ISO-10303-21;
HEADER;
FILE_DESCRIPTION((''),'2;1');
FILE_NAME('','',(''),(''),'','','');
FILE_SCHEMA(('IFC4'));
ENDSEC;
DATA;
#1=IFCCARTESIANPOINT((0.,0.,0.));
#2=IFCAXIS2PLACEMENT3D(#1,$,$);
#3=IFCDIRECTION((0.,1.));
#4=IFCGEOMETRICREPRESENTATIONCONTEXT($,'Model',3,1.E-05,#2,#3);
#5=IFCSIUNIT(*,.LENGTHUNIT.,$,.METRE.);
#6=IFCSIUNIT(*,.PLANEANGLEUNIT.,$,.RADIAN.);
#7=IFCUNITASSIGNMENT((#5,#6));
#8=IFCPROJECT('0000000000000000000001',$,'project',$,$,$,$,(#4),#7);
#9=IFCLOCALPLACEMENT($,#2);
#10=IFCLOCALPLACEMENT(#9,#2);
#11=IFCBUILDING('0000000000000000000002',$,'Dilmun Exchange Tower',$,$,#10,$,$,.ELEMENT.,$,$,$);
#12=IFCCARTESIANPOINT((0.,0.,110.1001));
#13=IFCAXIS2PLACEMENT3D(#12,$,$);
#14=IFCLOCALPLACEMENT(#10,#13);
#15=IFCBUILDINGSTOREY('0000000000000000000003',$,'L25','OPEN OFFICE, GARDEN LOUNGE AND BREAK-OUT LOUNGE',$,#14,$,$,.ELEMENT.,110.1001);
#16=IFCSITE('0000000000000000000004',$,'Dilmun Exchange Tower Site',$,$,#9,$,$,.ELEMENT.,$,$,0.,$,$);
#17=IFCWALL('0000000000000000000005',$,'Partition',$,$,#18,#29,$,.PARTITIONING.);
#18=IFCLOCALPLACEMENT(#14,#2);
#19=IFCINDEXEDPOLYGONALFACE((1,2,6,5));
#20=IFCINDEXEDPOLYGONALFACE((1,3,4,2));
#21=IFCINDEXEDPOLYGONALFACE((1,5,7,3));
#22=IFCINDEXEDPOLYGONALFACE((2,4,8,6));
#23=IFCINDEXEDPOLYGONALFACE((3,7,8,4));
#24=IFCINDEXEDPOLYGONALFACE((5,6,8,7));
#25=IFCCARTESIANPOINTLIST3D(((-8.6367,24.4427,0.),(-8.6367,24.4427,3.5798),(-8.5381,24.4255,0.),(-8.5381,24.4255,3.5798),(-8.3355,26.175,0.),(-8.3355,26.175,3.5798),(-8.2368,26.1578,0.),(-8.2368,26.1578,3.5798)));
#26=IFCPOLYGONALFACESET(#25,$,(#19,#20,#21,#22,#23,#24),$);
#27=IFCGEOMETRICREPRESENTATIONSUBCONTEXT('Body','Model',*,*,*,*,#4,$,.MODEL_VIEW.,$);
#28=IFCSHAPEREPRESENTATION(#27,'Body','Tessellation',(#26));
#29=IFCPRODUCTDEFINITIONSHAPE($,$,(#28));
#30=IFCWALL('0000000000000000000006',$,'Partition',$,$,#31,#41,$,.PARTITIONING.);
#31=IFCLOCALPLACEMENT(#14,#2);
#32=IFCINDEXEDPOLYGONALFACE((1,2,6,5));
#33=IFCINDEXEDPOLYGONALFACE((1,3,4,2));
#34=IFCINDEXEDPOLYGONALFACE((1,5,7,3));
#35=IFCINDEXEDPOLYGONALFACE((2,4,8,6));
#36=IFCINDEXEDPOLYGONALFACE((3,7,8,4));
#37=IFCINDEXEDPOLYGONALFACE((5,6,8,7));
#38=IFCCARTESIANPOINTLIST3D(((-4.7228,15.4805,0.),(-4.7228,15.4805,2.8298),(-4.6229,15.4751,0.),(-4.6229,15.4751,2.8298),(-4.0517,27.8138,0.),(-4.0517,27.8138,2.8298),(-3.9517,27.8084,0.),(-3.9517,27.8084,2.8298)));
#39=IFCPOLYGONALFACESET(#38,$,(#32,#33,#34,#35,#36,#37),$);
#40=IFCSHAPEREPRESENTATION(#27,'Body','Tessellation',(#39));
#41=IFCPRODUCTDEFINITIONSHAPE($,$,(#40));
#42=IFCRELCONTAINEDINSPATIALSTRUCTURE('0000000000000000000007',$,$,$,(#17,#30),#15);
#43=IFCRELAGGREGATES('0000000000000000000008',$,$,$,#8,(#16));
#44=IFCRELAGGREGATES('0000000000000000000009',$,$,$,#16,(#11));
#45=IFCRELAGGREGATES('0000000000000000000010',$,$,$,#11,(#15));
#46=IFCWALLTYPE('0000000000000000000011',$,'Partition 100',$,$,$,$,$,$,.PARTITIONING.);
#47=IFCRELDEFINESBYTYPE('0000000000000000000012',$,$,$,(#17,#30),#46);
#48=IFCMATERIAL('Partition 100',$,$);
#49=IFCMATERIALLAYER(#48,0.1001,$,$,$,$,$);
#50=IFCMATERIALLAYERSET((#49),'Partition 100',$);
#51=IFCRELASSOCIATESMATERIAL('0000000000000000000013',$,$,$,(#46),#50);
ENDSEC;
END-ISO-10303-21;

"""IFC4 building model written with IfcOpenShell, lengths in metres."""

from ifc_helpers import new_model, si_unit, direction, frame, frame_2d, origin, place, context, subcontext, project, spatial, rectangle, extrude, material, layer, layer_set, type_object, element, save


model = new_model("IFC4")

# Units and contexts
model_context = context("Model", 3, precision=1e-05, world=origin(), true_north=direction((0.0, 1.0)))
body_context = subcontext(model_context, "Body", "Model", "MODEL_VIEW")
ifc_project = project(units=[si_unit("LENGTHUNIT", "METRE"), si_unit("PLANEANGLEUNIT", "RADIAN")], contexts=[model_context])

# Site, building, storey
site_placement = place(None, origin())
site = spatial("IfcSite", under=ifc_project, at=site_placement, Name="Dilmun Exchange Tower Site", CompositionType="ELEMENT", RefElevation=0.0)
building_placement = place(site_placement, origin())
building = spatial("IfcBuilding", under=site, at=building_placement, Name="Dilmun Exchange Tower", CompositionType="ELEMENT")
storey_placement = place(building_placement, frame((0.0, 0.0, 110.1001)))
storey = spatial("IfcBuildingStorey", under=building, at=storey_placement, Name="L25", Description="OPEN OFFICE, GARDEN LOUNGE AND BREAK-OUT LOUNGE", CompositionType="ELEMENT", Elevation=110.1001)

# Walls
ifc_material_1 = material(Name="Partition 100")
ifc_layer_1 = layer(ifc_material_1, 0.1001)
ifc_layer_set_1 = layer_set([ifc_layer_1], Name="Partition 100")
wall_type_1 = type_object("IfcWallType", Name="Partition 100", PredefinedType="PARTITIONING", material=ifc_layer_set_1)
wall_1_placement = place(storey_placement, frame((-8.5874, 24.4341, 0.0), z_axis=(0.0, 0.0, 1.0), x_axis=(0.171329, 0.985214, 0.0)))
element("IfcWall", 1, at=wall_1_placement, inside=storey, type_object=wall_type_1, Name="Partition", PredefinedType="PARTITIONING", context=body_context, shape_type="SweptSolid", body=[
    extrude(rectangle(XDim=1.7583, YDim=0.1001, at=frame_2d((0.8792, 0.0))), origin(), (0.0, 0.0, 1.0), 3.5798),
])
wall_2_placement = place(storey_placement, frame((-4.6729, 15.4778, 0.0), z_axis=(0.0, 0.0, 1.0), x_axis=(0.054337, 0.998523, 0.0)))
element("IfcWall", 2, at=wall_2_placement, inside=storey, type_object=wall_type_1, Name="Partition", PredefinedType="PARTITIONING", context=body_context, shape_type="SweptSolid", body=[
    extrude(rectangle(XDim=12.3516, YDim=0.1001, at=frame_2d((6.1758, 0.0))), origin(), (0.0, 0.0, 1.0), 2.8298),
])

save(model, "model.ifc")
